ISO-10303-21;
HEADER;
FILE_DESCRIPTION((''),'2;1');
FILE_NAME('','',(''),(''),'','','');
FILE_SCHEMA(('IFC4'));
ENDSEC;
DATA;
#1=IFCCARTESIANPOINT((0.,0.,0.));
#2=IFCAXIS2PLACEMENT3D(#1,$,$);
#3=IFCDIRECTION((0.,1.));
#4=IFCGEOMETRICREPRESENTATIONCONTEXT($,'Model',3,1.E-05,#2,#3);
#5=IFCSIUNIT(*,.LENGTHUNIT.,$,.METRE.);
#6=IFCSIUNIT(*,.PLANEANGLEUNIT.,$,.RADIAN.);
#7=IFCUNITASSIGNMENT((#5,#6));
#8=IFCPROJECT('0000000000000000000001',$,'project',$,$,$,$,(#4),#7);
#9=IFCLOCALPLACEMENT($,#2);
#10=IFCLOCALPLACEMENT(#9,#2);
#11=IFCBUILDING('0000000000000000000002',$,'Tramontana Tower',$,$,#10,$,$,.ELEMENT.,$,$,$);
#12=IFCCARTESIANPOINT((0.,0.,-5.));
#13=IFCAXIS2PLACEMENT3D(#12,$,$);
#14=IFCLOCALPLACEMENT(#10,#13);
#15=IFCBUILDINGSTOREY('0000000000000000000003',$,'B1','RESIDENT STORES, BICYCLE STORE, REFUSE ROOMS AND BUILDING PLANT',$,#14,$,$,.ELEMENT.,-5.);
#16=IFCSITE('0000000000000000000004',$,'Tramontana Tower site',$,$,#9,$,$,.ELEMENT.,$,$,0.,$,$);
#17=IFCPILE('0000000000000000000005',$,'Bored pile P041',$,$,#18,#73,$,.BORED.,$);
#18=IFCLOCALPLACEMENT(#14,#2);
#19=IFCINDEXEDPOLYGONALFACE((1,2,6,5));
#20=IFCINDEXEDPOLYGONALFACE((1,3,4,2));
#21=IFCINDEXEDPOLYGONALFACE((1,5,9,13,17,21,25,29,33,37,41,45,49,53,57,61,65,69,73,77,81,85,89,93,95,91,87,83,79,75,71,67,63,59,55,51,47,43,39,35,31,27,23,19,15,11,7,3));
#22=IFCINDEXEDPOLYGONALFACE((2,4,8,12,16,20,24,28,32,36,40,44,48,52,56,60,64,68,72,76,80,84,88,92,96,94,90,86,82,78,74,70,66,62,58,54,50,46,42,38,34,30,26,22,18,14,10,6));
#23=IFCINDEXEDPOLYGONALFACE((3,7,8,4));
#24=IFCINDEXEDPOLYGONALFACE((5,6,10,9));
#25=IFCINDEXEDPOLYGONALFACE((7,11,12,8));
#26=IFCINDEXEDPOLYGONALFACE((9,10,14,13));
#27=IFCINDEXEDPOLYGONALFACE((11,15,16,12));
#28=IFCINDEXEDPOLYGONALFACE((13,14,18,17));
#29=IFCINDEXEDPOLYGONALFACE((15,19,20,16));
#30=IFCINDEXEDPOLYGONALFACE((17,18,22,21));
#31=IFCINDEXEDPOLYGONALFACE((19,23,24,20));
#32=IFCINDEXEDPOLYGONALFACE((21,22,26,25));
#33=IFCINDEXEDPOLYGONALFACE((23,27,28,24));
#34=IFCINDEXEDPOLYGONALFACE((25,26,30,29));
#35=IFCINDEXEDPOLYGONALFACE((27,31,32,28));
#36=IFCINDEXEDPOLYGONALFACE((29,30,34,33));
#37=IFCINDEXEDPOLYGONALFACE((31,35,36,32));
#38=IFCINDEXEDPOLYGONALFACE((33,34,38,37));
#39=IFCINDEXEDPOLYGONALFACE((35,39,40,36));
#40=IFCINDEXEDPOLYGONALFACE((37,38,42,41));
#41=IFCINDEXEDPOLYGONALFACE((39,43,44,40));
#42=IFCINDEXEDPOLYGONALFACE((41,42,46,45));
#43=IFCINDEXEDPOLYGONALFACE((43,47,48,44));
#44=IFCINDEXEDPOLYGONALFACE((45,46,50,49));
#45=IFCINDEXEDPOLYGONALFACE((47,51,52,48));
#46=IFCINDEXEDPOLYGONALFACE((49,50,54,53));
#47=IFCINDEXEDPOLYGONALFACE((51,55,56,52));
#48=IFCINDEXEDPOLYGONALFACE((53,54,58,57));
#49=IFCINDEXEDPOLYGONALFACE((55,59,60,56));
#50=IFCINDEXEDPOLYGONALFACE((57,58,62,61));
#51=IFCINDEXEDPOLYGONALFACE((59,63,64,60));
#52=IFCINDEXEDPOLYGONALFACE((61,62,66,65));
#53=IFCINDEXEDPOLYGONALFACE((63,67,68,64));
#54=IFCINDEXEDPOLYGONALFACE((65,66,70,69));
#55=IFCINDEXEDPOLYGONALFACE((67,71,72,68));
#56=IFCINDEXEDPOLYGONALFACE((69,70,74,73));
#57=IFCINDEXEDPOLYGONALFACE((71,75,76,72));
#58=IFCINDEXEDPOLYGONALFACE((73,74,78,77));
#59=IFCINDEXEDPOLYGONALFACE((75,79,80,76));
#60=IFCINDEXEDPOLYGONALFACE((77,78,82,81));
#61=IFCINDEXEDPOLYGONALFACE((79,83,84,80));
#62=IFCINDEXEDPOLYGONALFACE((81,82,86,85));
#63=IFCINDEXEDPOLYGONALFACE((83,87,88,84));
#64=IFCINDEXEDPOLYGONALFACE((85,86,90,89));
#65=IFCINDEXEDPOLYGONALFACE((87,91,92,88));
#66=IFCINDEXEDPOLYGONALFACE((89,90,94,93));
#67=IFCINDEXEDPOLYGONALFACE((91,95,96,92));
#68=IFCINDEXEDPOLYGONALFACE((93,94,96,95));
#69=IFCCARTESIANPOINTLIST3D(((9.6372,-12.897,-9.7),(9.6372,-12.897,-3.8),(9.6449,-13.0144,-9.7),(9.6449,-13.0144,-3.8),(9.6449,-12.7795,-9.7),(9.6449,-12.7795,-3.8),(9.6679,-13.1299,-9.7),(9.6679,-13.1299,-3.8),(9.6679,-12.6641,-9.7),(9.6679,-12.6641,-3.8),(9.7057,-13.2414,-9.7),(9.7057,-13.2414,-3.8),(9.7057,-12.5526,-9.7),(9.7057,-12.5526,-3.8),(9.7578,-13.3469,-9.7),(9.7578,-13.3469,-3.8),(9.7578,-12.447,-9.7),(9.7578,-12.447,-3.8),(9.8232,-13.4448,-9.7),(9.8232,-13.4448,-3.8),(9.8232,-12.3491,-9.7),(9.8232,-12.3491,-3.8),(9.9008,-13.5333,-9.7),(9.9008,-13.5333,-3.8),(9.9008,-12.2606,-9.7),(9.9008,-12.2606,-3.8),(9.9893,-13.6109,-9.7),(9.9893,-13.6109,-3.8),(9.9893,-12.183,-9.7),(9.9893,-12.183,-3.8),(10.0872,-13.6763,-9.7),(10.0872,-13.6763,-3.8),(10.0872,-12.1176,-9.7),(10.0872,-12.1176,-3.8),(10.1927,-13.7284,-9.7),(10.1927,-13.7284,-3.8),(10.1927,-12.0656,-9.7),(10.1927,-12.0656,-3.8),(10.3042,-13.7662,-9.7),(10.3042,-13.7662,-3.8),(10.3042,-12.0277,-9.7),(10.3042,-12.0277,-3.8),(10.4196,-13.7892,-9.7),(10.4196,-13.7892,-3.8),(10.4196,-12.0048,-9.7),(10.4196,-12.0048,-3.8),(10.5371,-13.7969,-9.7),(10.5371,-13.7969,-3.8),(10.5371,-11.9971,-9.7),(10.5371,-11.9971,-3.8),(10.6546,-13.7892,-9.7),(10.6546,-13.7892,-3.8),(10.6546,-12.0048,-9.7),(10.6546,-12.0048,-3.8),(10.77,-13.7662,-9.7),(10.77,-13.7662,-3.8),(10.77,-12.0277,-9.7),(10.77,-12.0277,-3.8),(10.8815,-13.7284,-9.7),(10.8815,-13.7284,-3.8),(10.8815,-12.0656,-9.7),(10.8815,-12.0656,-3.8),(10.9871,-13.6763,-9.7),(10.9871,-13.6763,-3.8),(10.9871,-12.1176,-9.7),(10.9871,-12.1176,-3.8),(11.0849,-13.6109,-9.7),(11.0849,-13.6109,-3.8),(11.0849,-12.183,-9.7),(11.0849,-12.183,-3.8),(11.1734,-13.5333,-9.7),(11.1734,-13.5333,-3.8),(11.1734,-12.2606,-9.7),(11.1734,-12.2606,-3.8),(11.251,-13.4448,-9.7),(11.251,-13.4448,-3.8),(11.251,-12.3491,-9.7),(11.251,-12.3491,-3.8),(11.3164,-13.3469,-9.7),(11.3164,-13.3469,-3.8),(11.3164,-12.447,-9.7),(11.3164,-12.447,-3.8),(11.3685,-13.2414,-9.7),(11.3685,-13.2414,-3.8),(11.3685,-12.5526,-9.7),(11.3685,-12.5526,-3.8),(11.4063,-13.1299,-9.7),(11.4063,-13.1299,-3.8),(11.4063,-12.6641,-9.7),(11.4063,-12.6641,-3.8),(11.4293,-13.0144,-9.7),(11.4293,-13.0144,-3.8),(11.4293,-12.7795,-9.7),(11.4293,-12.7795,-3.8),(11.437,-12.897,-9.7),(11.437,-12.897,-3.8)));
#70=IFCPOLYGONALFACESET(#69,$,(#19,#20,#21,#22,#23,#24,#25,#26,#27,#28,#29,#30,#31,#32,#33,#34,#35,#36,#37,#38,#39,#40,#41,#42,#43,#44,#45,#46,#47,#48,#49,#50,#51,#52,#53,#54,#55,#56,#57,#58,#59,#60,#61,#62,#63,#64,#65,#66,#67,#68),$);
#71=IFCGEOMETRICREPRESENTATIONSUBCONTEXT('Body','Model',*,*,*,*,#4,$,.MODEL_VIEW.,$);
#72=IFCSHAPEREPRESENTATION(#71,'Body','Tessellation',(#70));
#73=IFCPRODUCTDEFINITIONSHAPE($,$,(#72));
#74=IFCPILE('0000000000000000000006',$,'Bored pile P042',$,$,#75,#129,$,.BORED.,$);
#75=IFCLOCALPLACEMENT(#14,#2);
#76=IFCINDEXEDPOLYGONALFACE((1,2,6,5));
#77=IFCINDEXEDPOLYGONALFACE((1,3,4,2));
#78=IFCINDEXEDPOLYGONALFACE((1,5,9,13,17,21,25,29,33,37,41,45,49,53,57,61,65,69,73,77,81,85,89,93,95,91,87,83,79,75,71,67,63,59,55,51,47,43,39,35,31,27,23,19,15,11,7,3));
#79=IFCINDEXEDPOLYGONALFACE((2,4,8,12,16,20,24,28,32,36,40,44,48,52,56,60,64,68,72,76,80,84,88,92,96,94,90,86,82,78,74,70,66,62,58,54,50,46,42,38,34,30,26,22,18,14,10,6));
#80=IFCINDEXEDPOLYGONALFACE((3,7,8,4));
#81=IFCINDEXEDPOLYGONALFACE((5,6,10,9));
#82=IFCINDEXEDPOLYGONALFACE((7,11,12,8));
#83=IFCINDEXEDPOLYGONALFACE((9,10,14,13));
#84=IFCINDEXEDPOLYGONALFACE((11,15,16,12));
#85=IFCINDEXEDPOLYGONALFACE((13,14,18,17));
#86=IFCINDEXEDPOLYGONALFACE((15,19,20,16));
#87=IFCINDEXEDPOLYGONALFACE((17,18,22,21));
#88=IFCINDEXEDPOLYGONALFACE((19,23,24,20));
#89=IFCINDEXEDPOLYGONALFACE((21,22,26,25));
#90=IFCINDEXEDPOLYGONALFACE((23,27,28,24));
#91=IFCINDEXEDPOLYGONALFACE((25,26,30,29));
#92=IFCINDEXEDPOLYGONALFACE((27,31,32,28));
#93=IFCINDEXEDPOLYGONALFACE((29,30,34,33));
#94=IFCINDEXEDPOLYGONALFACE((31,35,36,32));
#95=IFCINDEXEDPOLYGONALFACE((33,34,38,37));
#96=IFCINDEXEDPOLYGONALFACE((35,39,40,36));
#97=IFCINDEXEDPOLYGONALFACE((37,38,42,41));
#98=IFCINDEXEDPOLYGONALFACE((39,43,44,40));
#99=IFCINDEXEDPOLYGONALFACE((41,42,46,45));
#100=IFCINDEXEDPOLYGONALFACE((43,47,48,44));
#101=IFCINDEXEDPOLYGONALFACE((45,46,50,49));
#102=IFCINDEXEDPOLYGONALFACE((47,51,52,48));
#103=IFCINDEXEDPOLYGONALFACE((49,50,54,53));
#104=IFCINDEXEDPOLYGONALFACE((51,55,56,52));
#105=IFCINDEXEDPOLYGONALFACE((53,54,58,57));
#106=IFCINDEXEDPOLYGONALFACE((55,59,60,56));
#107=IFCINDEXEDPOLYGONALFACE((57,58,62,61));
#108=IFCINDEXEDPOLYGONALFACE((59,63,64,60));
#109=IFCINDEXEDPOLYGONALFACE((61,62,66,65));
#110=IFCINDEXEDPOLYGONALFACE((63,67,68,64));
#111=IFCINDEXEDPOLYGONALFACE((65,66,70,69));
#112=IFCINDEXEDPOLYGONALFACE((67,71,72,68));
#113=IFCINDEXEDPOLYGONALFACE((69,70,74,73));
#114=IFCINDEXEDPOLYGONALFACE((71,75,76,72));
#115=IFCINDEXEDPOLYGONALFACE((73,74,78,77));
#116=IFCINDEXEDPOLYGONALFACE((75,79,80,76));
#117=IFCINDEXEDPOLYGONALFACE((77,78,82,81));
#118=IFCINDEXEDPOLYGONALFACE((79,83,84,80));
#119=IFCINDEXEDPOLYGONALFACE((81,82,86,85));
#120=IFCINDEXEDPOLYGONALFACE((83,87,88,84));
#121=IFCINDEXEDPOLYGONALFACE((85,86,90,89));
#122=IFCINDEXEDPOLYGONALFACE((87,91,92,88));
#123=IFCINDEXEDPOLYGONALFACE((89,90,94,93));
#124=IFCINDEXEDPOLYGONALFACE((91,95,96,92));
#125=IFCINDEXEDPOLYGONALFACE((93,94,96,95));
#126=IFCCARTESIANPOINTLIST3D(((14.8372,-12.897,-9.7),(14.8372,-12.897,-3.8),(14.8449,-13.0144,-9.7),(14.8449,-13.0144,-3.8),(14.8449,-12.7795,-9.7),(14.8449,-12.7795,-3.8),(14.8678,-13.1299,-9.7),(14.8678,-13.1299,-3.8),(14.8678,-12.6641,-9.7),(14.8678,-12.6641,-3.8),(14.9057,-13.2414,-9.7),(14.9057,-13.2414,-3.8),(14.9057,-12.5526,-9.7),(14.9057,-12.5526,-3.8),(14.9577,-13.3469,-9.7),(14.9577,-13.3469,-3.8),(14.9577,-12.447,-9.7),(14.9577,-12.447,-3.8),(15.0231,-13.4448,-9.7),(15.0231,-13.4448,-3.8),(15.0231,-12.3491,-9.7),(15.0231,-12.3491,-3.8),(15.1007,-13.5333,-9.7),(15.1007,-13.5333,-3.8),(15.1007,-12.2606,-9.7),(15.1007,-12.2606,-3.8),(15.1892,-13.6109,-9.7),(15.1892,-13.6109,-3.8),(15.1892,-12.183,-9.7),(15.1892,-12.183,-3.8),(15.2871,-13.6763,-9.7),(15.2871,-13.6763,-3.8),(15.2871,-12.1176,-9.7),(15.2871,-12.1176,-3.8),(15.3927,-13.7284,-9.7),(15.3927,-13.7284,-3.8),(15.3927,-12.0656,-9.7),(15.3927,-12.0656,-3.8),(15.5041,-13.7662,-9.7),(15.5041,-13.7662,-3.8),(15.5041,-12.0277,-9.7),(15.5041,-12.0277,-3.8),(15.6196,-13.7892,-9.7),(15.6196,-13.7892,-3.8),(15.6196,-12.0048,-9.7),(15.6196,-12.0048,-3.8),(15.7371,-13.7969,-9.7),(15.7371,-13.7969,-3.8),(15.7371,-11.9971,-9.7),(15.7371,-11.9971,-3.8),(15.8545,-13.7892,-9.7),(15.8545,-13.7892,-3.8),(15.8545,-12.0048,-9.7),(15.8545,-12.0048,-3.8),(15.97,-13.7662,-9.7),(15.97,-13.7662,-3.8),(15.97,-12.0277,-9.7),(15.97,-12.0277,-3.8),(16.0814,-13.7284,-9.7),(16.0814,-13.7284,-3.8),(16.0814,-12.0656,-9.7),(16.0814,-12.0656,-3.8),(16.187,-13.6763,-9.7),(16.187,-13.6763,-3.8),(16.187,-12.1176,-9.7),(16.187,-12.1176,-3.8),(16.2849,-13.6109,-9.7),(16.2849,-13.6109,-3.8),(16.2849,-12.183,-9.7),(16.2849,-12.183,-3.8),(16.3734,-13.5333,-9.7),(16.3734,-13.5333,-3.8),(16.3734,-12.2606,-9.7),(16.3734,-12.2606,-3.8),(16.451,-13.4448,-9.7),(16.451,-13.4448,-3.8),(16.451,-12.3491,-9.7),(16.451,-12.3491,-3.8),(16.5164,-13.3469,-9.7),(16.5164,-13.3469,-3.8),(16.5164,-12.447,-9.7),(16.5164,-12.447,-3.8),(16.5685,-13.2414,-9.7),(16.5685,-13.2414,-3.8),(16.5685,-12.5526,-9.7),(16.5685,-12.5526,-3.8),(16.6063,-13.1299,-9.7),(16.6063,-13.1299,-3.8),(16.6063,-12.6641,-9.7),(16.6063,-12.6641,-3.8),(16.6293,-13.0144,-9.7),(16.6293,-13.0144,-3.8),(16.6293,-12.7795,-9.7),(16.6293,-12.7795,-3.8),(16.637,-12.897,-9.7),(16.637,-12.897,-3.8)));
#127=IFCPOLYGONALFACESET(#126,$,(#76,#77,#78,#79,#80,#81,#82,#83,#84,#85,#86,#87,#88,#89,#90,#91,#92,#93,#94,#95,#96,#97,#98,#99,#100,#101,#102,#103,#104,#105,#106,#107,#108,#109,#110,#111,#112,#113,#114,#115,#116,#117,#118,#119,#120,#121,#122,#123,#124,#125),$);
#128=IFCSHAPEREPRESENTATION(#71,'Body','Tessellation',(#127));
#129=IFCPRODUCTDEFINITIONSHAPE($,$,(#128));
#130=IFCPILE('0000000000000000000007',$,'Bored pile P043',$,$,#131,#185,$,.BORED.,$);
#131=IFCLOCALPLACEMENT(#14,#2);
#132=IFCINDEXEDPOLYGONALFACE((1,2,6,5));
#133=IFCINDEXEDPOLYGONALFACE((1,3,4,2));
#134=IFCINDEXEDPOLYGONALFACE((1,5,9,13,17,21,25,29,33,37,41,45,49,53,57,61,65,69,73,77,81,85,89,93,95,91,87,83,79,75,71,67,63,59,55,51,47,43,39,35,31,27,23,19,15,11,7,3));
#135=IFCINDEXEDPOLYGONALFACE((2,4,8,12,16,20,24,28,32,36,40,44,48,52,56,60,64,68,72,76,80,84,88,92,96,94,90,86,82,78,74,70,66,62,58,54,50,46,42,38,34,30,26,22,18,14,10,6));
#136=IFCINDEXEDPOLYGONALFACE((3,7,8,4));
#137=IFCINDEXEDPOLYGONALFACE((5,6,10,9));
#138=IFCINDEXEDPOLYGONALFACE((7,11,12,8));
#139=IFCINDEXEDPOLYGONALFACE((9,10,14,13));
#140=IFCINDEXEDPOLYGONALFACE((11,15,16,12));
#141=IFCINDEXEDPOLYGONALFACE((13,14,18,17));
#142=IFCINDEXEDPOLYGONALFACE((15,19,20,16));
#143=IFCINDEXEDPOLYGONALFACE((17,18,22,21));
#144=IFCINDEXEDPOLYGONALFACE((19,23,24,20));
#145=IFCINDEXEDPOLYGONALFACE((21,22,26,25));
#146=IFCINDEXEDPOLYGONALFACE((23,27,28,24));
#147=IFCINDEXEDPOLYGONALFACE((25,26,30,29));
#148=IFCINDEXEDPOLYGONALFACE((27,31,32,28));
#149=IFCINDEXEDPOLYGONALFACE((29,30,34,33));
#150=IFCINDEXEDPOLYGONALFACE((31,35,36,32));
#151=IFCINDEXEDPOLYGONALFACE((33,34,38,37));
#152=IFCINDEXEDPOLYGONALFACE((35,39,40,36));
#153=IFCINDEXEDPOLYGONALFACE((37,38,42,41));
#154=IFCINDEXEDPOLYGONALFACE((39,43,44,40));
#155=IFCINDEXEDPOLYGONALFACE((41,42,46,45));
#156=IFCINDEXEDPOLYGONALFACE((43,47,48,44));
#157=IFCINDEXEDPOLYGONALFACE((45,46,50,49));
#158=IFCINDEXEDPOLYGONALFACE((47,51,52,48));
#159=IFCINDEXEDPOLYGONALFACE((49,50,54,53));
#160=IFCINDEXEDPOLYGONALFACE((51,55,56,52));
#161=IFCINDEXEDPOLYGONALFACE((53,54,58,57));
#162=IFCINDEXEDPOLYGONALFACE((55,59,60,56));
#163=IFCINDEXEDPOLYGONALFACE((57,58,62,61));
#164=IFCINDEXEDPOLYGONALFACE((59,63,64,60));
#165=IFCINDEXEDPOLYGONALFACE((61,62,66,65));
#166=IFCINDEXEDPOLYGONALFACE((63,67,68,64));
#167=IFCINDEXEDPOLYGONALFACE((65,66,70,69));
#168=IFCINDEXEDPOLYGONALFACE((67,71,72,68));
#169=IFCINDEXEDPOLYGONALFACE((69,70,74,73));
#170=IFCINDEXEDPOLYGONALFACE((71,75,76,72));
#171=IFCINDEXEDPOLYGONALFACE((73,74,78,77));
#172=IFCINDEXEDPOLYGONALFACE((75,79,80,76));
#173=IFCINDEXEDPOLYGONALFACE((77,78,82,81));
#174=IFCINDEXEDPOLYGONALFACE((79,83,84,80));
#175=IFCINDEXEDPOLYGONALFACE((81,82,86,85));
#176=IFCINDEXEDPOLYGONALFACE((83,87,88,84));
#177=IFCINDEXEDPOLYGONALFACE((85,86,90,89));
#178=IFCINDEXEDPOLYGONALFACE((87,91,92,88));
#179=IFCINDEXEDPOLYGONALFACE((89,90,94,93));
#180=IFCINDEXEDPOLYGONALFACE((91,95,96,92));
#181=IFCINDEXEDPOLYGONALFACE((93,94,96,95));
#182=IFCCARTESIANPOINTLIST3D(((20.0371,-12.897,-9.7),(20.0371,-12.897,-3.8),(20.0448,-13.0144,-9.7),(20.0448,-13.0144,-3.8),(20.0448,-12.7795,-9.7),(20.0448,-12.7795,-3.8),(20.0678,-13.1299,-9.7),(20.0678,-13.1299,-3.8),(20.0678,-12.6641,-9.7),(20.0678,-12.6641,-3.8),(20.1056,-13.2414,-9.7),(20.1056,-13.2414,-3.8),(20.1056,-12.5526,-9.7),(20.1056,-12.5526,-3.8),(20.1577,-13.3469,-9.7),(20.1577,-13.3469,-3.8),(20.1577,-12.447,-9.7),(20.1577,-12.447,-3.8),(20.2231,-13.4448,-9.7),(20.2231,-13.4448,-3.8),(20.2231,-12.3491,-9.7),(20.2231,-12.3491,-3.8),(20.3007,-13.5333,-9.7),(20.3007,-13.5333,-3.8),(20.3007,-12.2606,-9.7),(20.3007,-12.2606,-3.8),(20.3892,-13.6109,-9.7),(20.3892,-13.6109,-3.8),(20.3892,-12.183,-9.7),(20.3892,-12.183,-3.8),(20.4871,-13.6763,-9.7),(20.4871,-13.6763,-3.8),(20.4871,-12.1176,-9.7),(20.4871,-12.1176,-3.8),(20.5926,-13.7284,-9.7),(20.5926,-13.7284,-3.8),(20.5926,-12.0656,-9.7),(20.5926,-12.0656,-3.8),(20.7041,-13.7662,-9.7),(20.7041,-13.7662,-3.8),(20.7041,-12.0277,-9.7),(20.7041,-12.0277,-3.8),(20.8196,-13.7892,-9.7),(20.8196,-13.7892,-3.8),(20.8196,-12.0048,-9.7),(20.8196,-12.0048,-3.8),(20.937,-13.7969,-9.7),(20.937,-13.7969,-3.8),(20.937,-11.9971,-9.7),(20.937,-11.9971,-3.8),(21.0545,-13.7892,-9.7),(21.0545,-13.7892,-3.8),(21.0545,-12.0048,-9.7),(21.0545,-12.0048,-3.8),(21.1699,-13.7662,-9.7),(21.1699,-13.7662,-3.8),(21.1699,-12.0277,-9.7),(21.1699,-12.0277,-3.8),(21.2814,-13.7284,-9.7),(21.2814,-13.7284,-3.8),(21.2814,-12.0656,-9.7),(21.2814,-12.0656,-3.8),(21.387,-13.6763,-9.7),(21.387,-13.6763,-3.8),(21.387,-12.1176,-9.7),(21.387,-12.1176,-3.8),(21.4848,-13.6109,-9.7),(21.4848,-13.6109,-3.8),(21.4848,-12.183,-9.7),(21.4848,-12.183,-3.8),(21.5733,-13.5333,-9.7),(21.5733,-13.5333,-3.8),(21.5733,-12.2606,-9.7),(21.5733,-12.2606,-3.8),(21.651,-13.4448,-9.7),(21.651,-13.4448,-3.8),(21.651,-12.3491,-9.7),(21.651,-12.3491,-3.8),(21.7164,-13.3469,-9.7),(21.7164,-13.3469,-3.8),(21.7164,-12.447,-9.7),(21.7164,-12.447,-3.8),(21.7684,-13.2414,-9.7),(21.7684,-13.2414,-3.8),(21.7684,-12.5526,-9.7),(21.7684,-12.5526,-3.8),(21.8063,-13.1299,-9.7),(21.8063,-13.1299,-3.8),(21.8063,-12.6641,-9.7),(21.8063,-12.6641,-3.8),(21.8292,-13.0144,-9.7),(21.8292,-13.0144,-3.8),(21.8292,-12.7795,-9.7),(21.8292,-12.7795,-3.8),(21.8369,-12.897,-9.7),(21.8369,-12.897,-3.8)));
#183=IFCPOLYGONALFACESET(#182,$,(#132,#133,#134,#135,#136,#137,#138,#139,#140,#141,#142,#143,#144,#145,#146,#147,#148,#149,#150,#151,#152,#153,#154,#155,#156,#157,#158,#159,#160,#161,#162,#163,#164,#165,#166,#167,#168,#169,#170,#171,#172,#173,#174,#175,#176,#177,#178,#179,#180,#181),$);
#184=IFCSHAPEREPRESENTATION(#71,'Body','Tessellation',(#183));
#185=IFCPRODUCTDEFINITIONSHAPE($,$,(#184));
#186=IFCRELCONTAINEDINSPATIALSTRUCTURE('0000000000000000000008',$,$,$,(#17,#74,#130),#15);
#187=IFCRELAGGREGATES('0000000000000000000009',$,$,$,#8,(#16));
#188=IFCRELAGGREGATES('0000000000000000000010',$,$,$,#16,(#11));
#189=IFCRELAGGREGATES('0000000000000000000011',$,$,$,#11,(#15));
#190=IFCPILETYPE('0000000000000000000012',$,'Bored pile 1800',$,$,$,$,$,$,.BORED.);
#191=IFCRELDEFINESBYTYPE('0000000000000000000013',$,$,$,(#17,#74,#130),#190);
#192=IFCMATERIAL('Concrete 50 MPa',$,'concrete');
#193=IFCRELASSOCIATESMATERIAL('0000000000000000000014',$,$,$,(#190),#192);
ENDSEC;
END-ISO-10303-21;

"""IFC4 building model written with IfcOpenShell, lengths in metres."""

from ifc_helpers import new_model, si_unit, direction, frame, origin, origin_2d, place, context, subcontext, project, spatial, circle, extrude, material, material_profile, profile_set, type_object, element, save


model = new_model("IFC4")

# Units and contexts
model_context = context("Model", 3, precision=1e-05, world=origin(), true_north=direction((0.0, 1.0)))
body_context = subcontext(model_context, "Body", "Model", "MODEL_VIEW")
ifc_project = project(units=[si_unit("LENGTHUNIT", "METRE"), si_unit("PLANEANGLEUNIT", "RADIAN")], contexts=[model_context])

# Site, building, storey
site_placement = place(None, origin())
site = spatial("IfcSite", under=ifc_project, at=site_placement, Name="Tramontana Tower site", CompositionType="ELEMENT", RefElevation=0.0)
building_placement = place(site_placement, origin())
building = spatial("IfcBuilding", under=site, at=building_placement, Name="Tramontana Tower", CompositionType="ELEMENT")
storey_placement = place(building_placement, frame((0.0, 0.0, -5.0)))
storey = spatial("IfcBuildingStorey", under=building, at=storey_placement, Name="B1", Description="RESIDENT STORES, BICYCLE STORE, REFUSE ROOMS AND BUILDING PLANT", CompositionType="ELEMENT", Elevation=-5.0)

# Piles
ifc_material_1 = material(Name="Concrete 50 MPa", Category="concrete")
ifc_material_profile_1 = material_profile(ifc_material_1, circle(Radius=0.8999, at=origin_2d()), Name="Bored pile 1800")
ifc_profile_set_1 = profile_set([ifc_material_profile_1], Name="Concrete 50 MPa")
pile_type = type_object("IfcPileType", Name="Bored pile 1800", PredefinedType="BORED", material=ifc_profile_set_1)
for number, where, z_axis, x_axis, name in (
    (1, (10.5371, -12.897, -3.8), (0.0, 0.0, -1.0), (1.0, 0.0, 0.0), "Bored pile P041"),
    (2, (15.7371, -12.897, -3.8), (0.0, 0.0, -1.0), (1.0, 0.0, 0.0), "Bored pile P042"),
    (3, (20.937, -12.897, -3.8), (0.0, 0.0, -1.0), (1.0, 0.0, 0.0), "Bored pile P043"),
):
    element("IfcPile", number, at=place(storey_placement, frame(where, z_axis=z_axis, x_axis=x_axis)), inside=storey, type_object=pile_type, Name=name, PredefinedType="BORED", context=body_context, shape_type="SweptSolid", body=[
        extrude(circle(Radius=0.8999, at=origin_2d()), origin(), (0.0, 0.0, 1.0), 5.8999),
    ])

save(model, "model.ifc")
